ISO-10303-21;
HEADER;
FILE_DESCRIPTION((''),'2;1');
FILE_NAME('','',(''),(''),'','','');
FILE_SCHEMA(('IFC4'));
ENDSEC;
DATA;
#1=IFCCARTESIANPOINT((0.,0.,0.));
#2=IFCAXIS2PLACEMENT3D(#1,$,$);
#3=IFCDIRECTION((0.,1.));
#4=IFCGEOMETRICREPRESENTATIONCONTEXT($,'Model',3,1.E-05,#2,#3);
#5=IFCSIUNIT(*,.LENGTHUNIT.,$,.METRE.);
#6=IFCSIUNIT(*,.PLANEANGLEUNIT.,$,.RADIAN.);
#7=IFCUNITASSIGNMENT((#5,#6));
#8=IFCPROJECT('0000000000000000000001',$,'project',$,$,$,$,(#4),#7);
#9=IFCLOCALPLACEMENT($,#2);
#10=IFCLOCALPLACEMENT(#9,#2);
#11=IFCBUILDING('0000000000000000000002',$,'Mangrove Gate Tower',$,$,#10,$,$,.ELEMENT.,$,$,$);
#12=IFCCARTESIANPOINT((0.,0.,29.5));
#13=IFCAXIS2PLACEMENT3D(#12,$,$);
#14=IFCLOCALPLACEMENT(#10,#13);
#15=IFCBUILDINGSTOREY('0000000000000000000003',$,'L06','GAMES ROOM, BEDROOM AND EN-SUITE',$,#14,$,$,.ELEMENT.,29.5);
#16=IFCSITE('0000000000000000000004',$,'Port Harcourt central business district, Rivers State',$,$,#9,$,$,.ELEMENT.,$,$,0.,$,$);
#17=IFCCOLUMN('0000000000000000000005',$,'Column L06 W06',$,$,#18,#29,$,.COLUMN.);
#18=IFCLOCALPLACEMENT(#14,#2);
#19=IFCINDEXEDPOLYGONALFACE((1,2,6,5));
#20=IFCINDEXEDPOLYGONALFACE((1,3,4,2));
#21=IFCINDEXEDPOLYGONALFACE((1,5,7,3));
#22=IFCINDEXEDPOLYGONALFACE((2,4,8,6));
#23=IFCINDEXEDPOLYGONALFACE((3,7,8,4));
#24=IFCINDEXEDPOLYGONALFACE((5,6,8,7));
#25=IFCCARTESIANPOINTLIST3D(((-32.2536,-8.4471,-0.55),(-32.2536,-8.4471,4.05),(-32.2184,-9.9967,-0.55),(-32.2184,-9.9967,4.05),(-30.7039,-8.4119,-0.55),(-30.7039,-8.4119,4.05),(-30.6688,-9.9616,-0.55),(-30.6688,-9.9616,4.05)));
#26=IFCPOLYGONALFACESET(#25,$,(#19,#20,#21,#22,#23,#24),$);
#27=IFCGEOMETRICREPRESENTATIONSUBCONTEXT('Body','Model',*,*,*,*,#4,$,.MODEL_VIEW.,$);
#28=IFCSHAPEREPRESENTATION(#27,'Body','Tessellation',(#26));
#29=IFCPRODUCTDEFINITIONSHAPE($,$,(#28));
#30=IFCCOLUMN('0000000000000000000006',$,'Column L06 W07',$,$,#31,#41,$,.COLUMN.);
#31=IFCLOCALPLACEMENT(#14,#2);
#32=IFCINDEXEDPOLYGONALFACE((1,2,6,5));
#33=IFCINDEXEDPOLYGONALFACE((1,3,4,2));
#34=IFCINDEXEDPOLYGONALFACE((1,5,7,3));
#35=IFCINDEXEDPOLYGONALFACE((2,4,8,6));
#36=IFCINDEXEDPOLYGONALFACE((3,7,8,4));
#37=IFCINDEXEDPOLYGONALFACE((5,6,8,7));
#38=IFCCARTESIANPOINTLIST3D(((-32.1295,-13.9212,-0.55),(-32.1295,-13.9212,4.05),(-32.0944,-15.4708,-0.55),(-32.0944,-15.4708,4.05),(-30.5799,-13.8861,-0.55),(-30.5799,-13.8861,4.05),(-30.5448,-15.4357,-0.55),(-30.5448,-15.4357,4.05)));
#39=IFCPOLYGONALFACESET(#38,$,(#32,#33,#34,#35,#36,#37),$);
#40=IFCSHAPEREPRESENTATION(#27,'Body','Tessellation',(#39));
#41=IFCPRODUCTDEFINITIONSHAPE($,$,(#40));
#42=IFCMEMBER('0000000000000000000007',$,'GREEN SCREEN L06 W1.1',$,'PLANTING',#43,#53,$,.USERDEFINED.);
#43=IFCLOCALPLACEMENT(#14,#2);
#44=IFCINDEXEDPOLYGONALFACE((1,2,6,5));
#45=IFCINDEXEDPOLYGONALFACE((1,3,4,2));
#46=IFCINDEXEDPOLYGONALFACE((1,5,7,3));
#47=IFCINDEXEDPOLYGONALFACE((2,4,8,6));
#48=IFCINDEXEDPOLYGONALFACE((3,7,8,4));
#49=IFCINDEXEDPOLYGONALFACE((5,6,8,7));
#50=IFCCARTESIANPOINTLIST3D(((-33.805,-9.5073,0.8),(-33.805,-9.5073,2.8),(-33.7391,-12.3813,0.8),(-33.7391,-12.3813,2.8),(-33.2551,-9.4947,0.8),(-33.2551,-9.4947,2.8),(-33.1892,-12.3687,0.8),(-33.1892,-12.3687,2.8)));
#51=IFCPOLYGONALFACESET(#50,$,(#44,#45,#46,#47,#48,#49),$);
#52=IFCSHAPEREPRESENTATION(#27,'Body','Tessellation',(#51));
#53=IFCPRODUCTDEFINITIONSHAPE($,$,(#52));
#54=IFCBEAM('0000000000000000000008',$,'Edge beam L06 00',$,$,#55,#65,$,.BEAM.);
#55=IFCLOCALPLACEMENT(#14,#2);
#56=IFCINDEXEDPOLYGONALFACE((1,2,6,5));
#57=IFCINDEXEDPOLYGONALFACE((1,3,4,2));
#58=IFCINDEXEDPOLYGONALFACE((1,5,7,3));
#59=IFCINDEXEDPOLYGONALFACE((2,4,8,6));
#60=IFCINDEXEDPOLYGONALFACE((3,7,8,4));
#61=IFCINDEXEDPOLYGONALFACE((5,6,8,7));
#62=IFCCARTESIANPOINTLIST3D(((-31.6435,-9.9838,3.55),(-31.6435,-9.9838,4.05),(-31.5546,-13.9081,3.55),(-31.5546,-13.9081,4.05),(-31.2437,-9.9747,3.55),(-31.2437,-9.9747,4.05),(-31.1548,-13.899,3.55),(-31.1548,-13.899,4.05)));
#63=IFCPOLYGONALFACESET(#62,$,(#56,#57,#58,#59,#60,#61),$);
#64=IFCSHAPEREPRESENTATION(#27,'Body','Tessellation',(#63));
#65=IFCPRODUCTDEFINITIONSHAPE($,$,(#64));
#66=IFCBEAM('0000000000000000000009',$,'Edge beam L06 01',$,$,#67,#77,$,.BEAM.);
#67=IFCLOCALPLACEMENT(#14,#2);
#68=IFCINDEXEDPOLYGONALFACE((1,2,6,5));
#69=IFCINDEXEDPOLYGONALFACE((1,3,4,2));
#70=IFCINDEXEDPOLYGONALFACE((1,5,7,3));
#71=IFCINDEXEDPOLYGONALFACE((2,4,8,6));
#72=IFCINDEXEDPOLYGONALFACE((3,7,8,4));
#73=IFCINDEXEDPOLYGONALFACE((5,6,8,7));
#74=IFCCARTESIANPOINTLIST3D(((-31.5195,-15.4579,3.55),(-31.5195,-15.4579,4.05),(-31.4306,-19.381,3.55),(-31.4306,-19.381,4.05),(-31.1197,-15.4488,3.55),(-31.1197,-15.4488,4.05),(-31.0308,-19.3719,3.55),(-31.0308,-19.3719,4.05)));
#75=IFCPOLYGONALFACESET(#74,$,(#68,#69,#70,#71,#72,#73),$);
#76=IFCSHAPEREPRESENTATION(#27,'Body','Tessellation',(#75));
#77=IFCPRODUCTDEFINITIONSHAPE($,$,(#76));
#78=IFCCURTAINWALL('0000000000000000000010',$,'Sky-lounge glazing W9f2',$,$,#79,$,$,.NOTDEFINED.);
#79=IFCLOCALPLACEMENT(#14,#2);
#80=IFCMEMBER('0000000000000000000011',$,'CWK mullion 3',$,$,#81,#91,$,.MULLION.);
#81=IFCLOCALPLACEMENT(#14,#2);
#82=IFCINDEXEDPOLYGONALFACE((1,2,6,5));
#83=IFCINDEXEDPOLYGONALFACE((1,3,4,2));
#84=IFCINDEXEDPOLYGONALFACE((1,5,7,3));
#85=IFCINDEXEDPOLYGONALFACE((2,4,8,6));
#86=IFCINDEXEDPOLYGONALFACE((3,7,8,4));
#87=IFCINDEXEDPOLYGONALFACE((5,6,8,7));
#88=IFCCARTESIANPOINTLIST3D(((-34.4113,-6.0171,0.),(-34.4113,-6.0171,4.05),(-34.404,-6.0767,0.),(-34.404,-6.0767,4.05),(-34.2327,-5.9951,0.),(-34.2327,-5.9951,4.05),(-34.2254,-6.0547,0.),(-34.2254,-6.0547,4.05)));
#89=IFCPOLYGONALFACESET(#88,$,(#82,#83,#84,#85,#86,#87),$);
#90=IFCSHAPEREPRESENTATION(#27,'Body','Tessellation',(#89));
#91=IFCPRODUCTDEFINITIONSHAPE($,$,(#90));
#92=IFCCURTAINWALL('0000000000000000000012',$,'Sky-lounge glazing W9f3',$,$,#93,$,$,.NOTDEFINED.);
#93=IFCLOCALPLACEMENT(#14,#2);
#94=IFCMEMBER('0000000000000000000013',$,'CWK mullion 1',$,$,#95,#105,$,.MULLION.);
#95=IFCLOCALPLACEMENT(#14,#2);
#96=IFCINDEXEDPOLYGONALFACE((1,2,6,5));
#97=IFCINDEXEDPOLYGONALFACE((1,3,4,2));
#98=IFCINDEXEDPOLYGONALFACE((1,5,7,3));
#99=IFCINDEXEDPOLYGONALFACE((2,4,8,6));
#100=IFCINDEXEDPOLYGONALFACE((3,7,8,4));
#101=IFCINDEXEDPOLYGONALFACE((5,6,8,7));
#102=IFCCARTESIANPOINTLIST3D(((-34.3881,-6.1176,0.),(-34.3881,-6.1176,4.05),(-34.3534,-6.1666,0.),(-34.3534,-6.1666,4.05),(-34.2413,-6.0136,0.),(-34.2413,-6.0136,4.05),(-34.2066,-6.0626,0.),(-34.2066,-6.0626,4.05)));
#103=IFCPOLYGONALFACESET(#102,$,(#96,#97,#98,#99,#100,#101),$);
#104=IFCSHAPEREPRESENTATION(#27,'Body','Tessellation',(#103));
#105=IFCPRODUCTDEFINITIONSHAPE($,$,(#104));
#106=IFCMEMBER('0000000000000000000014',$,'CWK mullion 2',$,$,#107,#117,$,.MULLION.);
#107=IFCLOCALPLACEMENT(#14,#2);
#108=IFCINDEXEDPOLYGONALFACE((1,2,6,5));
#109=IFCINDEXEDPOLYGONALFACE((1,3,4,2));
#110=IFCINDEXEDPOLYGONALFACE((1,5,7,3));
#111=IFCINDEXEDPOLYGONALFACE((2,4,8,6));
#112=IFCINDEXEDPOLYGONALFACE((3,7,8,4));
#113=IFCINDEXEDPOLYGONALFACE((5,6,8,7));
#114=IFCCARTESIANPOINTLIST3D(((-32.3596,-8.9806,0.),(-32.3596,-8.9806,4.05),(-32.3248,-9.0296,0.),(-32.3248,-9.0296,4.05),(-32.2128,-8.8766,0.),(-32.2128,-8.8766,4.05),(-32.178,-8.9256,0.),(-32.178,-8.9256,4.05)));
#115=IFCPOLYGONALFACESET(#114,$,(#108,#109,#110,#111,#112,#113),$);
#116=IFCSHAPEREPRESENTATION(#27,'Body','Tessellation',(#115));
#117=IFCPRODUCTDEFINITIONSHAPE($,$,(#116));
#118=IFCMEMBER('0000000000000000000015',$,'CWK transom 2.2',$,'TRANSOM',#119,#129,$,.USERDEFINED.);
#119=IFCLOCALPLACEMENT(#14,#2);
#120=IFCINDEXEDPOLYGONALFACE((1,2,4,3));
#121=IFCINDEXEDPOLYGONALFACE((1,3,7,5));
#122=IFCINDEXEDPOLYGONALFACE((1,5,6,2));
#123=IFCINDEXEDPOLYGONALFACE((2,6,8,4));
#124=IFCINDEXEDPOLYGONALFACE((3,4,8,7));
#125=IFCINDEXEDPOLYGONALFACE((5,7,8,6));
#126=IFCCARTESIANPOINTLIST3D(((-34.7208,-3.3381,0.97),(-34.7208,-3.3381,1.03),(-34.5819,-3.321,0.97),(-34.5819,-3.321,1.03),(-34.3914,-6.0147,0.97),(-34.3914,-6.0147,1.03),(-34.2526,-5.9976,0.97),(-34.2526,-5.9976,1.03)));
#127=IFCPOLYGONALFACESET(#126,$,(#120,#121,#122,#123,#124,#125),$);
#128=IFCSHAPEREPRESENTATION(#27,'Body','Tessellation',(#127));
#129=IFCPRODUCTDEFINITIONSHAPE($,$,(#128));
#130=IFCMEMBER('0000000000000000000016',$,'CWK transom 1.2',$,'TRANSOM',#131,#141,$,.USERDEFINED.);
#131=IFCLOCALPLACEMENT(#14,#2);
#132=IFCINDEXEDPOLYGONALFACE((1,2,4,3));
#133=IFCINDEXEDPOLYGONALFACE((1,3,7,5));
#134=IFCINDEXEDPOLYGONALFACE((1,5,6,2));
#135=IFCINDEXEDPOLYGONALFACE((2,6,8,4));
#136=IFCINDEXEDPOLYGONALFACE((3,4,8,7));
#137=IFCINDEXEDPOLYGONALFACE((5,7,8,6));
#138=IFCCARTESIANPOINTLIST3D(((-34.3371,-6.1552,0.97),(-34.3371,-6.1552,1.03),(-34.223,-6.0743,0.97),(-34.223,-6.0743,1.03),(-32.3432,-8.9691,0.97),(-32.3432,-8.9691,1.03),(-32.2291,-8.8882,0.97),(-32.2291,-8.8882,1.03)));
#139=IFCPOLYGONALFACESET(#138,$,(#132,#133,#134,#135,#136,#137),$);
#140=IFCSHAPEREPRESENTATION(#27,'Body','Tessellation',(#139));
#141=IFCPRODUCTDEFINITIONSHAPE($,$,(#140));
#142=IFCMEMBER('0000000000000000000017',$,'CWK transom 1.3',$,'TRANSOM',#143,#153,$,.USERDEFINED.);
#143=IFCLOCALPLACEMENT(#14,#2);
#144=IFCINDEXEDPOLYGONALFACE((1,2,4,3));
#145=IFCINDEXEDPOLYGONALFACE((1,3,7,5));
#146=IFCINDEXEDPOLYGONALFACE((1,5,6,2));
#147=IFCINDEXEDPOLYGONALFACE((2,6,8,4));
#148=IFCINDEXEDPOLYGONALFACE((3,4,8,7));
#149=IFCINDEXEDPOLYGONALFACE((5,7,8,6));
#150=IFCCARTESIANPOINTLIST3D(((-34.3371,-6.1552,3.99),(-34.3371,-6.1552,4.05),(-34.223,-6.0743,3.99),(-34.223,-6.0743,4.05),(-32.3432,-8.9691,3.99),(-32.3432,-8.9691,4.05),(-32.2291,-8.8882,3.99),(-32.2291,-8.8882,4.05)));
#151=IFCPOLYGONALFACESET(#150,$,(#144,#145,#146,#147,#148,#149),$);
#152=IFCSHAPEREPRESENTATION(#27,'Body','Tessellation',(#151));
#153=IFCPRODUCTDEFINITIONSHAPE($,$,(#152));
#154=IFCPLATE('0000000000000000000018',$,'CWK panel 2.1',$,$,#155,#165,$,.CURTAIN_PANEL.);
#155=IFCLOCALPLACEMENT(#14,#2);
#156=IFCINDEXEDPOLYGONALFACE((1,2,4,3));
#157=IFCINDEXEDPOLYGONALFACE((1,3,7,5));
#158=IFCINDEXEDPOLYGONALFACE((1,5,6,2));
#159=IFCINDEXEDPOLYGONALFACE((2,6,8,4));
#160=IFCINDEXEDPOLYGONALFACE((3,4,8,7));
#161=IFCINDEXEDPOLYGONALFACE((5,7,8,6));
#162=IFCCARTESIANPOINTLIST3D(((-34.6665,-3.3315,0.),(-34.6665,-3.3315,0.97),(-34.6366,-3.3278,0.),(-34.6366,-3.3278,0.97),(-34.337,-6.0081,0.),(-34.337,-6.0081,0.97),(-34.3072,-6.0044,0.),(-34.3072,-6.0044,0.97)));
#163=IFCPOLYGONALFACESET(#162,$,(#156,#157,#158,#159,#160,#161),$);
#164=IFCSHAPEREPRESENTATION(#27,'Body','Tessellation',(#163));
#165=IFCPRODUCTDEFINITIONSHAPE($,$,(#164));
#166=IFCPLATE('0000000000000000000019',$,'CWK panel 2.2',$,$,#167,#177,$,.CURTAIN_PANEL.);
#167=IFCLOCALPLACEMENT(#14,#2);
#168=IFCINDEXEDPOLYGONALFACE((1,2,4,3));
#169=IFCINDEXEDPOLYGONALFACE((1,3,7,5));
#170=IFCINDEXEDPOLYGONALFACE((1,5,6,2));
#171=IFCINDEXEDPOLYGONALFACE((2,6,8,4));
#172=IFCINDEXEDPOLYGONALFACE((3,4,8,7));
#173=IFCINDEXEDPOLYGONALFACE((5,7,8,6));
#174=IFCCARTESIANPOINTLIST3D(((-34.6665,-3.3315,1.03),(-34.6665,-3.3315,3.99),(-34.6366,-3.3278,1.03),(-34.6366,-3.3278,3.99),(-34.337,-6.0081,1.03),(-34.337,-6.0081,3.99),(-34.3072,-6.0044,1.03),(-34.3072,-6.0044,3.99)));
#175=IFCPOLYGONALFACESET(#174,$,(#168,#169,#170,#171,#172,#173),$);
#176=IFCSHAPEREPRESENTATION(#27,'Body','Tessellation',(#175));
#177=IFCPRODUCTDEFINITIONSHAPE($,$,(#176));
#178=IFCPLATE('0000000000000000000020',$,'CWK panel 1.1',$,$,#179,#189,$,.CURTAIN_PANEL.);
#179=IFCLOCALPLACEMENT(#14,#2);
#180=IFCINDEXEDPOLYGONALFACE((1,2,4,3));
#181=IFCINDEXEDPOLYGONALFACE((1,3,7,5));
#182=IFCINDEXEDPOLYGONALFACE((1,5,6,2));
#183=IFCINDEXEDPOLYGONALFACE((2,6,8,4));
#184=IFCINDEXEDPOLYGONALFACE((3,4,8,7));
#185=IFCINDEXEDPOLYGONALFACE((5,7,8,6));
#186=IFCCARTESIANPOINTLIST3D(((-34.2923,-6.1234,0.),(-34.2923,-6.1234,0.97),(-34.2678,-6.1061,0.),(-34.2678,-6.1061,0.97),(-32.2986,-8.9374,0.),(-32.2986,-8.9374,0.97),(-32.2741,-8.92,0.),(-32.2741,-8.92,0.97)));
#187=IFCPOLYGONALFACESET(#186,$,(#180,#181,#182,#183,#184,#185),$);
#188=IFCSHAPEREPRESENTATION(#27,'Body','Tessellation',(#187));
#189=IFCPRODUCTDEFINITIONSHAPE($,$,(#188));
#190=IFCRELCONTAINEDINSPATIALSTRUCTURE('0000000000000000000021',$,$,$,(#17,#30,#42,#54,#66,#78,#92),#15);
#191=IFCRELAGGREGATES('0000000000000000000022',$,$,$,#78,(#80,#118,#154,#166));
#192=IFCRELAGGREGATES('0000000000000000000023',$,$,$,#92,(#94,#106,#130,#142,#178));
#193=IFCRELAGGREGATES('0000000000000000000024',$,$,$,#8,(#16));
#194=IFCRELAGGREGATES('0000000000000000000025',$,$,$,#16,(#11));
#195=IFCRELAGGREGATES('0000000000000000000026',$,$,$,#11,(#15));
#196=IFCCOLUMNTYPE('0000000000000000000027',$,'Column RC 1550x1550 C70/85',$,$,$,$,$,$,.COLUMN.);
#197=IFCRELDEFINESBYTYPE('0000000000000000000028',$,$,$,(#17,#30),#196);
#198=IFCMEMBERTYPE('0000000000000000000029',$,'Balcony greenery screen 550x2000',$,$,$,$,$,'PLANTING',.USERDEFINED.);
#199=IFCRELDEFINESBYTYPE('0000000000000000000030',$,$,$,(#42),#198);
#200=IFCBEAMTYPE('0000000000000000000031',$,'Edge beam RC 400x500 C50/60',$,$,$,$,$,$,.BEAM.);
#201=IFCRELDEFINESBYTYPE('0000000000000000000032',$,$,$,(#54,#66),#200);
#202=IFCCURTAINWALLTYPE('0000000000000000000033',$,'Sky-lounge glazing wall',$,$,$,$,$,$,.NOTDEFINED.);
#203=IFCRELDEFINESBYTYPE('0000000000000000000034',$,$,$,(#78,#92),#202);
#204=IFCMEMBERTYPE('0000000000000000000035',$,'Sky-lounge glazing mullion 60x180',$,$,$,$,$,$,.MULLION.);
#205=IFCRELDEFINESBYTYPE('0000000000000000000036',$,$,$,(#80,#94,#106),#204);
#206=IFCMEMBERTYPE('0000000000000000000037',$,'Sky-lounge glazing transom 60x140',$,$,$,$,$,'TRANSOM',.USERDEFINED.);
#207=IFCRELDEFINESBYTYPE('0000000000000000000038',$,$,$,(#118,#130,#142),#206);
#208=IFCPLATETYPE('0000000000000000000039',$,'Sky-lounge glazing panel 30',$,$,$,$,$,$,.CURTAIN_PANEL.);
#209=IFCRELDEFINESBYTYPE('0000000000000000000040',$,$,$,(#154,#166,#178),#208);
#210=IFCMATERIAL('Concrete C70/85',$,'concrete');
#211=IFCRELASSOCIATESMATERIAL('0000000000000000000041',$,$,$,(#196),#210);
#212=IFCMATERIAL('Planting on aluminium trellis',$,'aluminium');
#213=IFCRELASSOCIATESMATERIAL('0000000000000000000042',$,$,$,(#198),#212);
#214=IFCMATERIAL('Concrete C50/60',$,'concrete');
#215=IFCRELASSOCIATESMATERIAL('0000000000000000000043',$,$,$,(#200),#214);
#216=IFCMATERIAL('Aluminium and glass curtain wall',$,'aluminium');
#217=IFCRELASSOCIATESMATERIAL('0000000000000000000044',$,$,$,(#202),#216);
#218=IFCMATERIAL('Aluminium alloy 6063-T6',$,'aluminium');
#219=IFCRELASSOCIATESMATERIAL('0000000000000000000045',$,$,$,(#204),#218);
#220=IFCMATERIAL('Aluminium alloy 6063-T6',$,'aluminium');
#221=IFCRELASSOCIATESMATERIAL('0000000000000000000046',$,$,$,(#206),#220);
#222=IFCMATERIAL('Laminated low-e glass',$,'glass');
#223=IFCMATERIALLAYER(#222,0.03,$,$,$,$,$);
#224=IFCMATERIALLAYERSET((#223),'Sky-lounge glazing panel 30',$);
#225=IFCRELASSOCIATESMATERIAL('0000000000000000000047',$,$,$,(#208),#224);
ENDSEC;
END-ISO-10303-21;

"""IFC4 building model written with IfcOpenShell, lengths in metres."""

from ifc_helpers import new_model, si_unit, direction, frame, origin, origin_2d, place, context, subcontext, project, spatial, rectangle, extrude, material, layer, layer_set, material_profile, profile_set, type_object, element, aggregate, save


model = new_model("IFC4")

# Units and contexts
model_context = context("Model", 3, precision=1e-05, world=origin(), true_north=direction((0.0, 1.0)))
body_context = subcontext(model_context, "Body", "Model", "MODEL_VIEW")
ifc_project = project(units=[si_unit("LENGTHUNIT", "METRE"), si_unit("PLANEANGLEUNIT", "RADIAN")], contexts=[model_context])

# Site, building, storey
site_placement = place(None, origin())
site = spatial("IfcSite", under=ifc_project, at=site_placement, Name="Port Harcourt central business district, Rivers State", CompositionType="ELEMENT", RefElevation=0.0)
building_placement = place(site_placement, origin())
building = spatial("IfcBuilding", under=site, at=building_placement, Name="Mangrove Gate Tower", CompositionType="ELEMENT")
storey_placement = place(building_placement, frame((0.0, 0.0, 29.5)))
storey = spatial("IfcBuildingStorey", under=building, at=storey_placement, Name="L06", Description="GAMES ROOM, BEDROOM AND EN-SUITE", CompositionType="ELEMENT", Elevation=29.5)

# Columns
ifc_material_1 = material(Name="Concrete C70/85", Category="concrete")
ifc_material_profile_1 = material_profile(ifc_material_1, rectangle(XDim=1.55, YDim=1.55, at=origin_2d()))
ifc_profile_set_1 = profile_set([ifc_material_profile_1], Name="Concrete C70/85")
column_type = type_object("IfcColumnType", Name="Column RC 1550x1550 C70/85", PredefinedType="COLUMN", material=ifc_profile_set_1)
for number, where, z_axis, x_axis, name in (
    (1, (-31.4612, -9.2043, -0.55), (0.0, 0.0, 1.0), (0.022678, -0.999743, 0.0), "Column L06 W06"),
    (2, (-31.3372, -14.6785, -0.55), (0.0, 0.0, 1.0), (0.022649, -0.999743, 0.0), "Column L06 W07"),
):
    element("IfcColumn", number, at=place(storey_placement, frame(where, z_axis=z_axis, x_axis=x_axis)), inside=storey, type_object=column_type, Name=name, PredefinedType="COLUMN", context=body_context, shape_type="SweptSolid", body=[
        extrude(rectangle(XDim=1.55, YDim=1.55, at=origin_2d()), origin(), (0.0, 0.0, 1.0), 4.6001),
    ])

# Member
ifc_material_2 = material(Name="Planting on aluminium trellis", Category="aluminium")
ifc_material_profile_2 = material_profile(ifc_material_2, rectangle(XDim=0.55, YDim=2.0, at=origin_2d()))
ifc_profile_set_2 = profile_set([ifc_material_profile_2], Name="Planting on aluminium trellis")
member_type_1 = type_object("IfcMemberType", Name="Balcony greenery screen 550x2000", ElementType="PLANTING", PredefinedType="USERDEFINED", material=ifc_profile_set_2)
member_1_placement = place(storey_placement, frame((-33.4641, -12.375, 1.8), z_axis=(-0.02293, 0.999737, 0.0), x_axis=(-0.999737, -0.02293, 0.0)))
element("IfcMember", 3, at=member_1_placement, inside=storey, type_object=member_type_1, Name="GREEN SCREEN L06 W1.1", ObjectType="PLANTING", PredefinedType="USERDEFINED", context=body_context, shape_type="SweptSolid", body=[
    extrude(rectangle(XDim=0.55, YDim=2.0, at=origin_2d()), origin(), (0.0, 0.0, 1.0), 2.8748),
])

# Beams
ifc_material_3 = material(Name="Concrete C50/60", Category="concrete")
ifc_material_profile_3 = material_profile(ifc_material_3, rectangle(XDim=0.3999, YDim=0.5, at=origin_2d()))
ifc_profile_set_3 = profile_set([ifc_material_profile_3], Name="Concrete C50/60")
beam_type = type_object("IfcBeamType", Name="Edge beam RC 400x500 C50/60", PredefinedType="BEAM", material=ifc_profile_set_3)
beam_1_placement = place(storey_placement, frame((-31.4436, -9.9792, 3.8), z_axis=(0.022639, -0.999744, 0.0), x_axis=(0.999744, 0.022639, 0.0)))
element("IfcBeam", 4, at=beam_1_placement, inside=storey, type_object=beam_type, Name="Edge beam L06 00", PredefinedType="BEAM", context=body_context, shape_type="SweptSolid", body=[
    extrude(rectangle(XDim=0.3999, YDim=0.5, at=origin_2d()), origin(), (0.0, 0.0, 1.0), 3.9253),
])
beam_2_placement = place(storey_placement, frame((-31.3196, -15.4534, 3.8), z_axis=(0.022647, -0.999744, 0.0), x_axis=(0.999744, 0.022647, 0.0)))
element("IfcBeam", 5, at=beam_2_placement, inside=storey, type_object=beam_type, Name="Edge beam L06 01", PredefinedType="BEAM", context=body_context, shape_type="SweptSolid", body=[
    extrude(rectangle(XDim=0.3999, YDim=0.5, at=origin_2d()), origin(), (0.0, 0.0, 1.0), 3.9241),
])

# Curtain wall, member
ifc_material_4 = material(Name="Aluminium and glass curtain wall", Category="aluminium")
curtain_wall_type = type_object("IfcCurtainWallType", Name="Sky-lounge glazing wall", PredefinedType="NOTDEFINED", material=ifc_material_4)
curtain_wall_1_placement = place(storey_placement, origin())
curtain_wall_1 = element("IfcCurtainWall", 6, at=curtain_wall_1_placement, inside=storey, type_object=curtain_wall_type, Name="Sky-lounge glazing W9f2", PredefinedType="NOTDEFINED")
ifc_material_5 = material(Name="Aluminium alloy 6063-T6", Category="aluminium")
ifc_material_profile_4 = material_profile(ifc_material_5, rectangle(XDim=0.0601, YDim=0.1799, at=origin_2d()))
ifc_profile_set_4 = profile_set([ifc_material_profile_4], Name="Aluminium alloy 6063-T6")
member_type_2 = type_object("IfcMemberType", Name="Sky-lounge glazing mullion 60x180", PredefinedType="MULLION", material=ifc_profile_set_4)
member_2_placement = place(storey_placement, frame((-34.3184, -6.0359, 0.0), z_axis=(0.0, 0.0, 1.0), x_axis=(0.122172, -0.992509, 0.0)))
member_2 = element("IfcMember", 7, at=member_2_placement, type_object=member_type_2, Name="CWK mullion 3", PredefinedType="MULLION", context=body_context, shape_type="SweptSolid", body=[
    extrude(rectangle(XDim=0.0601, YDim=0.1799, at=origin_2d()), origin(), (0.0, 0.0, 1.0), 4.05),
])

# Curtain wall, members
curtain_wall_2_placement = place(storey_placement, origin())
curtain_wall_2 = element("IfcCurtainWall", 8, at=curtain_wall_2_placement, inside=storey, type_object=curtain_wall_type, Name="Sky-lounge glazing W9f3", PredefinedType="NOTDEFINED")
member_3_placement = place(storey_placement, frame((-34.2974, -6.0901, 0.0), z_axis=(0.0, 0.0, 1.0), x_axis=(0.578123, -0.81595, 0.0)))
member_3 = element("IfcMember", 9, at=member_3_placement, type_object=member_type_2, Name="CWK mullion 1", PredefinedType="MULLION", context=body_context, shape_type="SweptSolid", body=[
    extrude(rectangle(XDim=0.0601, YDim=0.1799, at=origin_2d()), origin(), (0.0, 0.0, 1.0), 4.05),
])
member_4_placement = place(storey_placement, frame((-32.2688, -8.9531, 0.0), z_axis=(0.0, 0.0, 1.0), x_axis=(0.578123, -0.81595, 0.0)))
member_4 = element("IfcMember", 10, at=member_4_placement, type_object=member_type_2, Name="CWK mullion 2", PredefinedType="MULLION", context=body_context, shape_type="SweptSolid", body=[
    extrude(rectangle(XDim=0.0601, YDim=0.1799, at=origin_2d()), origin(), (0.0, 0.0, 1.0), 4.05),
])

# Members
ifc_material_6 = material(Name="Aluminium alloy 6063-T6", Category="aluminium")
ifc_material_profile_5 = material_profile(ifc_material_6, rectangle(XDim=0.0601, YDim=0.1399, at=origin_2d()))
ifc_profile_set_5 = profile_set([ifc_material_profile_5], Name="Aluminium alloy 6063-T6")
member_type_3 = type_object("IfcMemberType", Name="Sky-lounge glazing transom 60x140", ElementType="TRANSOM", PredefinedType="USERDEFINED", material=ifc_profile_set_5)
member_5_placement = place(storey_placement, frame((-34.6514, -3.3296, 1.0), z_axis=(0.122129, -0.992514, 0.0), x_axis=(0.0, 0.0, 1.0)))
member_5 = element("IfcMember", 11, at=member_5_placement, type_object=member_type_3, Name="CWK transom 2.2", ObjectType="TRANSOM", PredefinedType="USERDEFINED", context=body_context, shape_type="SweptSolid", body=[
    extrude(rectangle(XDim=0.0601, YDim=0.1399, at=origin_2d()), origin(), (0.0, 0.0, 1.0), 2.6968),
])
member_6_placement = place(storey_placement, frame((-34.28, -6.1147, 1.0), z_axis=(0.578147, -0.815933, 0.0), x_axis=(0.0, 0.0, 1.0)))
member_6 = element("IfcMember", 12, at=member_6_placement, type_object=member_type_3, Name="CWK transom 1.2", ObjectType="TRANSOM", PredefinedType="USERDEFINED", context=body_context, shape_type="SweptSolid", body=[
    extrude(rectangle(XDim=0.0601, YDim=0.1399, at=origin_2d()), origin(), (0.0, 0.0, 1.0), 3.4487),
])
member_7_placement = place(storey_placement, frame((-34.28, -6.1147, 4.02), z_axis=(0.578147, -0.815933, 0.0), x_axis=(0.0, 0.0, 1.0)))
member_7 = element("IfcMember", 13, at=member_7_placement, type_object=member_type_3, Name="CWK transom 1.3", ObjectType="TRANSOM", PredefinedType="USERDEFINED", context=body_context, shape_type="SweptSolid", body=[
    extrude(rectangle(XDim=0.0601, YDim=0.1399, at=origin_2d()), origin(), (0.0, 0.0, 1.0), 3.4487),
])

# Plates
ifc_material_7 = material(Name="Laminated low-e glass", Category="glass")
ifc_layer_1 = layer(ifc_material_7, 0.03)
ifc_layer_set_1 = layer_set([ifc_layer_1], Name="Sky-lounge glazing panel 30")
plate_type = type_object("IfcPlateType", Name="Sky-lounge glazing panel 30", PredefinedType="CURTAIN_PANEL", material=ifc_layer_set_1)
plate_1_placement = place(storey_placement, frame((-34.4868, -4.668, 0.0), z_axis=(0.0, 0.0, 1.0), x_axis=(0.122172, -0.992509, 0.0)))
plate_1 = element("IfcPlate", 14, at=plate_1_placement, type_object=plate_type, Name="CWK panel 2.1", PredefinedType="CURTAIN_PANEL", context=body_context, shape_type="SweptSolid", body=[
    extrude(rectangle(XDim=2.6968, YDim=0.03, at=origin_2d()), origin(), (0.0, 0.0, 1.0), 0.97),
])
plate_2_placement = place(storey_placement, frame((-34.4868, -4.668, 1.03), z_axis=(0.0, 0.0, 1.0), x_axis=(0.122172, -0.992509, 0.0)))
plate_2 = element("IfcPlate", 15, at=plate_2_placement, type_object=plate_type, Name="CWK panel 2.2", PredefinedType="CURTAIN_PANEL", context=body_context, shape_type="SweptSolid", body=[
    extrude(rectangle(XDim=2.6968, YDim=0.03, at=origin_2d()), origin(), (0.0, 0.0, 1.0), 2.96),
])
aggregate(curtain_wall_1, [member_2, member_5, plate_1, plate_2])
plate_3_placement = place(storey_placement, frame((-33.2832, -7.5217, 0.0), z_axis=(0.0, 0.0, 1.0), x_axis=(0.578123, -0.81595, 0.0)))
plate_3 = element("IfcPlate", 16, at=plate_3_placement, type_object=plate_type, Name="CWK panel 1.1", PredefinedType="CURTAIN_PANEL", context=body_context, shape_type="SweptSolid", body=[
    extrude(rectangle(XDim=3.4487, YDim=0.03, at=origin_2d()), origin(), (0.0, 0.0, 1.0), 0.97),
])
aggregate(curtain_wall_2, [member_3, member_4, member_6, member_7, plate_3])

save(model, "model.ifc")
